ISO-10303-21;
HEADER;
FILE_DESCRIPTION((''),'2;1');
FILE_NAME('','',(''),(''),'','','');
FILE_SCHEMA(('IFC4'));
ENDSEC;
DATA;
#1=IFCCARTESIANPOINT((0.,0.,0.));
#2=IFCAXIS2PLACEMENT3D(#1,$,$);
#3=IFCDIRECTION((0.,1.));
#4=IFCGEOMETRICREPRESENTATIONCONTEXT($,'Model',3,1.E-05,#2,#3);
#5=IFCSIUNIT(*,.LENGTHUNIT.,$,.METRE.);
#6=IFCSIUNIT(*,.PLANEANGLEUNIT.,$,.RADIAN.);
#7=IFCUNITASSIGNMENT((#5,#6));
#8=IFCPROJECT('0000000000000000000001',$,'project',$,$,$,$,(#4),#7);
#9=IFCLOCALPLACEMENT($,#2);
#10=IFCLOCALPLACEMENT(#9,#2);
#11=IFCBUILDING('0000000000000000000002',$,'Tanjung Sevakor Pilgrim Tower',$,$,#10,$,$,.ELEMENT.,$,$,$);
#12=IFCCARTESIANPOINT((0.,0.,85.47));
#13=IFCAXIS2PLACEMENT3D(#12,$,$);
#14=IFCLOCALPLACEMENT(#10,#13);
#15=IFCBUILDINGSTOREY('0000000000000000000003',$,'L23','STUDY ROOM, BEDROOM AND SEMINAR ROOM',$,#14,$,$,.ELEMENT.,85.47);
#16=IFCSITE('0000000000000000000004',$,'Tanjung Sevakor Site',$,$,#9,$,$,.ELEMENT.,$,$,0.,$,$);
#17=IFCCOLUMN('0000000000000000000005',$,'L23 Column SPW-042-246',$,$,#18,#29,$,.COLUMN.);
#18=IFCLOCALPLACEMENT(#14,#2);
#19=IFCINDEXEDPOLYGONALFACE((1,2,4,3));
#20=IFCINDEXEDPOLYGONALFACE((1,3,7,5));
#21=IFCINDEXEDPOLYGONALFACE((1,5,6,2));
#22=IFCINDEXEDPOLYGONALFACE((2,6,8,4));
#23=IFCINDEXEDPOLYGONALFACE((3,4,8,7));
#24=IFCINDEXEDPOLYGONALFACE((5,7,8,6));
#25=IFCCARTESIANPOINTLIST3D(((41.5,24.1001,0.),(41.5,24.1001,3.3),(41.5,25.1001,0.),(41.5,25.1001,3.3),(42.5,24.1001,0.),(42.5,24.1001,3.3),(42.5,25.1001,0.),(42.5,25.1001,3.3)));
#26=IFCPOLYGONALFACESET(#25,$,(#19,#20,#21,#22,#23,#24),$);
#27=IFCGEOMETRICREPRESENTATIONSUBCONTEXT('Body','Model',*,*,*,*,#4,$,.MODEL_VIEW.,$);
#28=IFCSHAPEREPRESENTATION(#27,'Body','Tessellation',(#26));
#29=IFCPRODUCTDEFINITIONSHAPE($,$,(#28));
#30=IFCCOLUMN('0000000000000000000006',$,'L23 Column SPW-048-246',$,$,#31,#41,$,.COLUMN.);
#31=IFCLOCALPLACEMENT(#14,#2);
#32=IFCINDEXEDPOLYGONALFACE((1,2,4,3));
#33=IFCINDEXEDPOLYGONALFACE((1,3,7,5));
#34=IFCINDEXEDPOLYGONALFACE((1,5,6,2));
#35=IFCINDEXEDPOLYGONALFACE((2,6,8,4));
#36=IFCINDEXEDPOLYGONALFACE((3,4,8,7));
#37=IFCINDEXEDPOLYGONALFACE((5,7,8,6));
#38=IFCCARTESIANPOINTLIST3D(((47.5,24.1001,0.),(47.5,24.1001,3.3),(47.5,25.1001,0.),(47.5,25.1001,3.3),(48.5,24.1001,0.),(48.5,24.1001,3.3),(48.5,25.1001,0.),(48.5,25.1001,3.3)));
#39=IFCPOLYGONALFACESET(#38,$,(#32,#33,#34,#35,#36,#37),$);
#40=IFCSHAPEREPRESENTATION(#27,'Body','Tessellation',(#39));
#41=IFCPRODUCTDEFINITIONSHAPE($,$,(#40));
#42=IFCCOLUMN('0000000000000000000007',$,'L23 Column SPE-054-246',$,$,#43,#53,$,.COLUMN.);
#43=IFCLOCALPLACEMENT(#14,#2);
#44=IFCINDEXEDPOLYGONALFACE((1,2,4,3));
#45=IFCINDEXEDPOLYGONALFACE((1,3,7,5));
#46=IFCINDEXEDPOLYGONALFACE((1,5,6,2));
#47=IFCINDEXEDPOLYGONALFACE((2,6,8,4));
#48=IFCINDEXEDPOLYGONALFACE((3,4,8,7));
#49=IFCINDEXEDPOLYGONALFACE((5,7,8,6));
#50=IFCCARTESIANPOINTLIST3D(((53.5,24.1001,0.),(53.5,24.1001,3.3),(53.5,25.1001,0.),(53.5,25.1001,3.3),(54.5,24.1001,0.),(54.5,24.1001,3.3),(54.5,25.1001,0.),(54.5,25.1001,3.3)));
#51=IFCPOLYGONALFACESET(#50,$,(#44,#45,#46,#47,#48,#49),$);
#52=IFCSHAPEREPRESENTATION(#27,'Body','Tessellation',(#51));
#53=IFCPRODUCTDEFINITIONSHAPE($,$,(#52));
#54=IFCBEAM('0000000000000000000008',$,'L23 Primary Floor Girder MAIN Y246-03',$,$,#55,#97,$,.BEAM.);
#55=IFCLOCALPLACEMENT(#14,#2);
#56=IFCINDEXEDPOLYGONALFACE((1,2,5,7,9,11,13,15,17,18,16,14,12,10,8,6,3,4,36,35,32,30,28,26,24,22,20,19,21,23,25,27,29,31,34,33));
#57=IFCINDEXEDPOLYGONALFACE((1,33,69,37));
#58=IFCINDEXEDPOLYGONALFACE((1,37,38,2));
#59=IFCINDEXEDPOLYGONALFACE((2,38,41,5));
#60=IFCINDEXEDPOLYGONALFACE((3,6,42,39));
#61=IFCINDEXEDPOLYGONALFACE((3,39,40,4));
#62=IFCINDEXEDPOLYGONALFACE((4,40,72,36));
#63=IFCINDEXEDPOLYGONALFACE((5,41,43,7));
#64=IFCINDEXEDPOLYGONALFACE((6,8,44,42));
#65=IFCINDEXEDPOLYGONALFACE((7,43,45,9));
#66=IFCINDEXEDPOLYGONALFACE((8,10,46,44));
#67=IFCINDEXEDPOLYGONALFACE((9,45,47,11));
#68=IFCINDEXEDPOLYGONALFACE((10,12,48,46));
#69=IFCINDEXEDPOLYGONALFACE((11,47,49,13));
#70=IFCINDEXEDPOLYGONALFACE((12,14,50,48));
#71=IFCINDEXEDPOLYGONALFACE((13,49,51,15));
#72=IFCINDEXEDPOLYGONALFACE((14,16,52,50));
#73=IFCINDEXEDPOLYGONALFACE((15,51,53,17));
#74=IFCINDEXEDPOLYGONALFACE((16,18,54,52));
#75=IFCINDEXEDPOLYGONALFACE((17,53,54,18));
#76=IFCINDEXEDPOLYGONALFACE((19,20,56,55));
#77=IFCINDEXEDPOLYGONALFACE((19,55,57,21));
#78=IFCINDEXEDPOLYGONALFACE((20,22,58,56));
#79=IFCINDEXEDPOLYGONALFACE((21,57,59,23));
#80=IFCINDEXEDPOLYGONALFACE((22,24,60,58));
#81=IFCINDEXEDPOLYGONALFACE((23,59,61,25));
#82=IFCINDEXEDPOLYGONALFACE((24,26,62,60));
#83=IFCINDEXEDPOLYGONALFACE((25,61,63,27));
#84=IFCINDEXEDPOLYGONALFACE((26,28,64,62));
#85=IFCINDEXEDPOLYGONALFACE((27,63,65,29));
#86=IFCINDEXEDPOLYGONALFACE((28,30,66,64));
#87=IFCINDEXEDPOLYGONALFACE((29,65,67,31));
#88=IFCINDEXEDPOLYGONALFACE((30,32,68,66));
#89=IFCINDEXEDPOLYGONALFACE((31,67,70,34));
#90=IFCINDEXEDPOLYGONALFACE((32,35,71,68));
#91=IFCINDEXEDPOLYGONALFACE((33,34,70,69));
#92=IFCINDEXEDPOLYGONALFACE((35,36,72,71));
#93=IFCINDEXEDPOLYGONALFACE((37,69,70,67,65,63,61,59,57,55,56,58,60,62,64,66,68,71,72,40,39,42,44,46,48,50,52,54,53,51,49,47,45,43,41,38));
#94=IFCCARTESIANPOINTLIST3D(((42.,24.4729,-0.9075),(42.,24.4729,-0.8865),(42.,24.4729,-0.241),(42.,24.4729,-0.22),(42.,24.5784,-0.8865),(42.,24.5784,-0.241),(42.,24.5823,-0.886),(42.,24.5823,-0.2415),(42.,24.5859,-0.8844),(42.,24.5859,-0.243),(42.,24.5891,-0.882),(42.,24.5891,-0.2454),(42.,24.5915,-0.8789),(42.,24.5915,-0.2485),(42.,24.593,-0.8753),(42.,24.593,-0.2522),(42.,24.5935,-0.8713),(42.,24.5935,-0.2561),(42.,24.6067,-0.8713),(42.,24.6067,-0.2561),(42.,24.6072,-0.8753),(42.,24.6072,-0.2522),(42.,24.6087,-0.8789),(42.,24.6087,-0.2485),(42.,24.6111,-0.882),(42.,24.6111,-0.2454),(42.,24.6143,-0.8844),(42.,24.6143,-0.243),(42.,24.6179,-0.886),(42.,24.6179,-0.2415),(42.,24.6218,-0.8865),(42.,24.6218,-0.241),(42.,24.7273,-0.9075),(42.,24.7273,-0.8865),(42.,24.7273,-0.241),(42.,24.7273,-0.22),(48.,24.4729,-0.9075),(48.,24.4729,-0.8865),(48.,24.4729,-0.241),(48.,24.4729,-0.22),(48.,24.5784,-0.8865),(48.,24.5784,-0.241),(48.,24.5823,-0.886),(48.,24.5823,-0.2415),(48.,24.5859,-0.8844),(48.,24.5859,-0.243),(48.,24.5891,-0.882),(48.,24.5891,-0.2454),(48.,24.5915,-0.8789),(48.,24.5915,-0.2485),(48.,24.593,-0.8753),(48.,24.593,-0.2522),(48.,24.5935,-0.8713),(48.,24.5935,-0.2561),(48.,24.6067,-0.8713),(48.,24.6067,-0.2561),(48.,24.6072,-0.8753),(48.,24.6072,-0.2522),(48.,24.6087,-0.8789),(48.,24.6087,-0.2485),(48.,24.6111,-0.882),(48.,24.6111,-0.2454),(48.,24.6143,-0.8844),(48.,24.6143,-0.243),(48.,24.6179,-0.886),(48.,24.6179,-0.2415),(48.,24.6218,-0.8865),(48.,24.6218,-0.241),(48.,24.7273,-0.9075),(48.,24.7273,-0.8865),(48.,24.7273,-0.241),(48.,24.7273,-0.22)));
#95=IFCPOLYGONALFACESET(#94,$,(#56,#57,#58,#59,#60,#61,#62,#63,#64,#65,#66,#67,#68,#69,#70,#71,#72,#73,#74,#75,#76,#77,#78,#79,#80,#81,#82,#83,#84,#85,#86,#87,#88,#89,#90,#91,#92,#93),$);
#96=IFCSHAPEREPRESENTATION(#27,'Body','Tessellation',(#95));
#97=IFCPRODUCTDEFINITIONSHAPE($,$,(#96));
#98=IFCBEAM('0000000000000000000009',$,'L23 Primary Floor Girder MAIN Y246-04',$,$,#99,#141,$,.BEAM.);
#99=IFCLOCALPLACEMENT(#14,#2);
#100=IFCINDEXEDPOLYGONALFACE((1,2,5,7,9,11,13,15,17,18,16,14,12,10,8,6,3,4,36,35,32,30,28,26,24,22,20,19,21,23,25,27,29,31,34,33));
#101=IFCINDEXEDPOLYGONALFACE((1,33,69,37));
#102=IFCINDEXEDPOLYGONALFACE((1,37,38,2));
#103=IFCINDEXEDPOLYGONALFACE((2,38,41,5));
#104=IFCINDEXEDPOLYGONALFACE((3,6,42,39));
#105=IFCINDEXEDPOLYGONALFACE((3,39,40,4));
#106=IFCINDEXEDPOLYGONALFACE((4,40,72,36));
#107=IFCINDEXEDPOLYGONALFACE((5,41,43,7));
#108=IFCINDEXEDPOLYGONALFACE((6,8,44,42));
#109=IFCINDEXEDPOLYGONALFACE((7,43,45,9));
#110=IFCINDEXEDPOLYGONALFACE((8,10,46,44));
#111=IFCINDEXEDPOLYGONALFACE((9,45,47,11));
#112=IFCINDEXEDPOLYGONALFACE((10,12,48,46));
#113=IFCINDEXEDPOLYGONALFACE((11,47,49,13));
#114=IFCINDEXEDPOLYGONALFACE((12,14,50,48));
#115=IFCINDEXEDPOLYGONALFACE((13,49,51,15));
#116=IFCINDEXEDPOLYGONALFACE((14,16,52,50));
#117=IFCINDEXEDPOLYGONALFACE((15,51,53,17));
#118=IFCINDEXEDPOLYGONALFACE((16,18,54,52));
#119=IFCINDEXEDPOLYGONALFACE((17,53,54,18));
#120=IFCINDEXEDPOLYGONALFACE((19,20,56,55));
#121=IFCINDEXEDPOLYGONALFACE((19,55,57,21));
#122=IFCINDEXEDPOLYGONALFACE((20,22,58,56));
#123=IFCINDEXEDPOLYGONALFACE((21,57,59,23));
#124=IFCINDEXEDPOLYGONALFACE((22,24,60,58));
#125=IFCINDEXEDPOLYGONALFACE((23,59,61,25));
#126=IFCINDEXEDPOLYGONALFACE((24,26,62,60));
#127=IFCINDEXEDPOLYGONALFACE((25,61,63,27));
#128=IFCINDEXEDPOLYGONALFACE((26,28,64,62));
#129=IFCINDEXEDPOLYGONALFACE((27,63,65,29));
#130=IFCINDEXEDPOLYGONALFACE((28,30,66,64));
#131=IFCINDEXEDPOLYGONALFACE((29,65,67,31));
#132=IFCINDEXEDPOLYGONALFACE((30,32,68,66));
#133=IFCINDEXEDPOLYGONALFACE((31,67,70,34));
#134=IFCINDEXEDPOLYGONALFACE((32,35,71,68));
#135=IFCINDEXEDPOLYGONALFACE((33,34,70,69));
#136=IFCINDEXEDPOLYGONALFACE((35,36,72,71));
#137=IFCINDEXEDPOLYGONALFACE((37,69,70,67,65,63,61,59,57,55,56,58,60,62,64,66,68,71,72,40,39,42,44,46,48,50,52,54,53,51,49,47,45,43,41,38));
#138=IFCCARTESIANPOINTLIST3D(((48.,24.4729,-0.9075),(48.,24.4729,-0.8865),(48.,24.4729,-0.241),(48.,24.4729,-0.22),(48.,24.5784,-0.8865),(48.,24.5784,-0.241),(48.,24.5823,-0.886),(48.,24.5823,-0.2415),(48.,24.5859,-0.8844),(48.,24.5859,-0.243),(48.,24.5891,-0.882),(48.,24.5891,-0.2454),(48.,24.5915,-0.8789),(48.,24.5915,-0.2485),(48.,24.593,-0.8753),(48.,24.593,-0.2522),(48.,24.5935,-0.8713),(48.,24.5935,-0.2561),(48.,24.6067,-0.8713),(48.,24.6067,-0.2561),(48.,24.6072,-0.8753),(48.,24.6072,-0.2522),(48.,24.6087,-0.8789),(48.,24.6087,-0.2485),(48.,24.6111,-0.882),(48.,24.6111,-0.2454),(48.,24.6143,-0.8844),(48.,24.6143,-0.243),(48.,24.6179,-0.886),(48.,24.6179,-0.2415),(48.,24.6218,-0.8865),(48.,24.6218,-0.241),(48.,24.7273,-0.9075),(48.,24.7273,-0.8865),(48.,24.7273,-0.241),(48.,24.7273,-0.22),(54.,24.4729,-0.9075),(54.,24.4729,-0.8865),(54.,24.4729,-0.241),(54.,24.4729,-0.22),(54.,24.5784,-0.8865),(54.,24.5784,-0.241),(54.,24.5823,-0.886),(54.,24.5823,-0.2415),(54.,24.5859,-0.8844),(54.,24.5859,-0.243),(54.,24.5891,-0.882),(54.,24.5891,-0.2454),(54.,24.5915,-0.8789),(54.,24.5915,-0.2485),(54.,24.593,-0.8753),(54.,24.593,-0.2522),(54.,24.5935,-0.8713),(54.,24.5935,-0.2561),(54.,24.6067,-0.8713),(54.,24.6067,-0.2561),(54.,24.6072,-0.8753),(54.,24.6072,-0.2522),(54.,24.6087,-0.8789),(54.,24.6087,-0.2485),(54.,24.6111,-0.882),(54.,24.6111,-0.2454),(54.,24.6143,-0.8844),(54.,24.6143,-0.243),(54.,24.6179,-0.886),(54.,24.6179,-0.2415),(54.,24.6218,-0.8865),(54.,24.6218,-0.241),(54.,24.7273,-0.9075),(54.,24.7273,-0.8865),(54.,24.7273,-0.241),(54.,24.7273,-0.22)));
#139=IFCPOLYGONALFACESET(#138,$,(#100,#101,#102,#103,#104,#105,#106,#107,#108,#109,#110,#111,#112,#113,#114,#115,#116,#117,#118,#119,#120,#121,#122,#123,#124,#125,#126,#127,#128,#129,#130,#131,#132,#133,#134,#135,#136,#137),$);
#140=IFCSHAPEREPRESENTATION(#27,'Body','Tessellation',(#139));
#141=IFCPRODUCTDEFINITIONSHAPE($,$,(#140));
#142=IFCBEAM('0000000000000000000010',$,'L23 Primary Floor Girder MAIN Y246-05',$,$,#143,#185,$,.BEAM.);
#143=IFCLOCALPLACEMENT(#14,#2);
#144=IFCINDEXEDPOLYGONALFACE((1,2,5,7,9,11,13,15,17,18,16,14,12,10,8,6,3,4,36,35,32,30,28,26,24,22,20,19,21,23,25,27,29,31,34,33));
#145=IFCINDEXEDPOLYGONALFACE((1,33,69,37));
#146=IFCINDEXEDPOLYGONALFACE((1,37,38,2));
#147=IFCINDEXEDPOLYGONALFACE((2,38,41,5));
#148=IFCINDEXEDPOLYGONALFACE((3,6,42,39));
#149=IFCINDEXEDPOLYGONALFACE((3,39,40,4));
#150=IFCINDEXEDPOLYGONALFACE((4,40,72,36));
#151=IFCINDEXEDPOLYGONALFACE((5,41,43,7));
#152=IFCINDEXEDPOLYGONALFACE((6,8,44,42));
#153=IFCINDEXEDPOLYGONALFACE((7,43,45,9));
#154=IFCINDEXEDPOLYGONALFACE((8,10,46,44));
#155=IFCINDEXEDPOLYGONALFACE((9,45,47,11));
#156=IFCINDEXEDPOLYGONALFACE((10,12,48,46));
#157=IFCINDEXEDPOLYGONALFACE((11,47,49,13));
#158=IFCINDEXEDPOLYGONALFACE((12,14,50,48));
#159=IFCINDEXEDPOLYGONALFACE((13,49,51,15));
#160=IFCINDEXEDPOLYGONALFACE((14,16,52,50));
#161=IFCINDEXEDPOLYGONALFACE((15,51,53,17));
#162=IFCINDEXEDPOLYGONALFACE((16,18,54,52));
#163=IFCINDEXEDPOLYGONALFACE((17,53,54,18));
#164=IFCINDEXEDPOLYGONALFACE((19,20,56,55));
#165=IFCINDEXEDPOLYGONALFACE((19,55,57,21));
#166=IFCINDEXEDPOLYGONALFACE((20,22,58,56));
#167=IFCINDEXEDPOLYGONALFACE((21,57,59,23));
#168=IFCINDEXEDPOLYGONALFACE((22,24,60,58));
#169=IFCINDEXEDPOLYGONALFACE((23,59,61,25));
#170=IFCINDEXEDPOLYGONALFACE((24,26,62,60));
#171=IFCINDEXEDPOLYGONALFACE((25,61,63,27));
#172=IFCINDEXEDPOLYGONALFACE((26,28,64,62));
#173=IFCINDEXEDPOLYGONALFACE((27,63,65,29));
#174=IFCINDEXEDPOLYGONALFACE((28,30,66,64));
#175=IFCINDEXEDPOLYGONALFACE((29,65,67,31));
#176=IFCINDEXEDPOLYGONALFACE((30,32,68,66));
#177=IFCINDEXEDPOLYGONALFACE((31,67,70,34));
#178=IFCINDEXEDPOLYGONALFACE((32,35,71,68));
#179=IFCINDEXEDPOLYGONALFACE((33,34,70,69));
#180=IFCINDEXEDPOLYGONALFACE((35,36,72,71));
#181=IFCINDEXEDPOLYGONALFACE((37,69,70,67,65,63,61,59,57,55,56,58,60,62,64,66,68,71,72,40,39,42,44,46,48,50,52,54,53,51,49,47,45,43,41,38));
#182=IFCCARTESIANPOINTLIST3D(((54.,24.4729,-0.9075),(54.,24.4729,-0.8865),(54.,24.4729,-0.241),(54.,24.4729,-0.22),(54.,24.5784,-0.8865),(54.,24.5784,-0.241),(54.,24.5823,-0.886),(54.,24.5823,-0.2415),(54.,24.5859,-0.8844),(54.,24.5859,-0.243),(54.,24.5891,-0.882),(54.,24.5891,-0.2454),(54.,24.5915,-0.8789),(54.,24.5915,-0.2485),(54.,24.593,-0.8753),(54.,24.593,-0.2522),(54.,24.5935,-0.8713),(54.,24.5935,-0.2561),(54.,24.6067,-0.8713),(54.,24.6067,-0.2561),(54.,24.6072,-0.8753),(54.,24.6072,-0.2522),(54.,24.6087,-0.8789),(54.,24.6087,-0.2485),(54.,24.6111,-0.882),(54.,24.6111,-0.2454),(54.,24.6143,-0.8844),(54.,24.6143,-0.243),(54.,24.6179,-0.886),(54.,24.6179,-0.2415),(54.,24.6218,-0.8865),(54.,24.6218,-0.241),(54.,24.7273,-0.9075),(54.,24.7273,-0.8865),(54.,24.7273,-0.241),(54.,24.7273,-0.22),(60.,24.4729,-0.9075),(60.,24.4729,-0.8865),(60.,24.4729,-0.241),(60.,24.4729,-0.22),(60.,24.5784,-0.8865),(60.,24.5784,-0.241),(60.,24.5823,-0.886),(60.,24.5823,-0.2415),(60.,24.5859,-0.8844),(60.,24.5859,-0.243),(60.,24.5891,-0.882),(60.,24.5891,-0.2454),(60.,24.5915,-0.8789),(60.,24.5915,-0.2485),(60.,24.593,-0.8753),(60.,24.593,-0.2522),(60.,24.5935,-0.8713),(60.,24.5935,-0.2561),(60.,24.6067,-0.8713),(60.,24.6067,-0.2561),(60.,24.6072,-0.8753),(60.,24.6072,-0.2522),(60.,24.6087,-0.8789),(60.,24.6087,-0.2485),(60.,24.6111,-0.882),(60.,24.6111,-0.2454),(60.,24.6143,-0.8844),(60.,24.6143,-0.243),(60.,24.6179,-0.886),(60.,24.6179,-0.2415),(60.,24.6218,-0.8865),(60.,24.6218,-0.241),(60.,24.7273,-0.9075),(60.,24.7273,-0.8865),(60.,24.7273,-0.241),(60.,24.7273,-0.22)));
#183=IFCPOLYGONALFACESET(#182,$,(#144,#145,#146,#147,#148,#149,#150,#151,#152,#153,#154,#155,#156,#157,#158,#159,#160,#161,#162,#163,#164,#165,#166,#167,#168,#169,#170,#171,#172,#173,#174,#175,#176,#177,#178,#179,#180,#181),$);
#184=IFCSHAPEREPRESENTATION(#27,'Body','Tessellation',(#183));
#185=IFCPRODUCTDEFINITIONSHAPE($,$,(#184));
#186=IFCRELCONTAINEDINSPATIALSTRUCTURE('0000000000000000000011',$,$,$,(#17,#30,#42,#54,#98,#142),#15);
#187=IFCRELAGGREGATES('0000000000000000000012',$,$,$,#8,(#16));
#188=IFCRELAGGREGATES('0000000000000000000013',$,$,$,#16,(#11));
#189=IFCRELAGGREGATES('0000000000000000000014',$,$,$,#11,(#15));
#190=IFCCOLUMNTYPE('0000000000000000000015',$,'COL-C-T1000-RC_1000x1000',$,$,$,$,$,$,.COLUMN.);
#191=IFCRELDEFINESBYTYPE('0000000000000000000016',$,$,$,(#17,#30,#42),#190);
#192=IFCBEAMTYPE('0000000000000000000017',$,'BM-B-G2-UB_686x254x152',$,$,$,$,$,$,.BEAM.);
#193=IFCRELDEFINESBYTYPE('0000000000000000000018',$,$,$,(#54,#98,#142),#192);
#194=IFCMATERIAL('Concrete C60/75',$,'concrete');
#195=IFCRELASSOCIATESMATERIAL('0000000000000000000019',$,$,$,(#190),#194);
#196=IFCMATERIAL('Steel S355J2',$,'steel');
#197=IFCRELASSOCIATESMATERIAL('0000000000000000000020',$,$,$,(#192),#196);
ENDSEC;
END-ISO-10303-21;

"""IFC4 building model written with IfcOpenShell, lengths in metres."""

from ifc_helpers import new_model, si_unit, direction, frame, origin, origin_2d, place, context, subcontext, project, spatial, rectangle, i_section, extrude, material, material_profile, profile_set, type_object, element, save


model = new_model("IFC4")

# Units and contexts
model_context = context("Model", 3, precision=1e-05, world=origin(), true_north=direction((0.0, 1.0)))
body_context = subcontext(model_context, "Body", "Model", "MODEL_VIEW")
ifc_project = project(units=[si_unit("LENGTHUNIT", "METRE"), si_unit("PLANEANGLEUNIT", "RADIAN")], contexts=[model_context])

# Site, building, storey
site_placement = place(None, origin())
site = spatial("IfcSite", under=ifc_project, at=site_placement, Name="Tanjung Sevakor Site", CompositionType="ELEMENT", RefElevation=0.0)
building_placement = place(site_placement, origin())
building = spatial("IfcBuilding", under=site, at=building_placement, Name="Tanjung Sevakor Pilgrim Tower", CompositionType="ELEMENT")
storey_placement = place(building_placement, frame((0.0, 0.0, 85.47)))
storey = spatial("IfcBuildingStorey", under=building, at=storey_placement, Name="L23", Description="STUDY ROOM, BEDROOM AND SEMINAR ROOM", CompositionType="ELEMENT", Elevation=85.47)

# Columns
ifc_material_1 = material(Name="Concrete C60/75", Category="concrete")
ifc_material_profile_1 = material_profile(ifc_material_1, rectangle(XDim=1.0, YDim=1.0, at=origin_2d()))
ifc_profile_set_1 = profile_set([ifc_material_profile_1], Name="Concrete C60/75")
column_type = type_object("IfcColumnType", Name="COL-C-T1000-RC_1000x1000", PredefinedType="COLUMN", material=ifc_profile_set_1)
for number, where, z_axis, x_axis, name in (
    (1, (42.0, 24.6001, 0.0), (0.0, 0.0, 1.0), (1.0, 0.0, 0.0), "L23 Column SPW-042-246"),
    (2, (48.0, 24.6001, 0.0), (0.0, 0.0, 1.0), (1.0, 0.0, 0.0), "L23 Column SPW-048-246"),
    (3, (54.0, 24.6001, 0.0), (0.0, 0.0, 1.0), (1.0, 0.0, 0.0), "L23 Column SPE-054-246"),
):
    element("IfcColumn", number, at=place(storey_placement, frame(where, z_axis=z_axis, x_axis=x_axis)), inside=storey, type_object=column_type, Name=name, PredefinedType="COLUMN", context=body_context, shape_type="SweptSolid", body=[
        extrude(rectangle(XDim=1.0, YDim=1.0, at=origin_2d()), origin(), (0.0, 0.0, 1.0), 3.3),
    ])

# Beams
ifc_material_2 = material(Name="Steel S355J2", Category="steel")
ifc_material_profile_2 = material_profile(ifc_material_2, i_section(OverallWidth=0.2544, OverallDepth=0.6875, WebThickness=0.0132, FlangeThickness=0.021, FilletRadius=0.0151, at=origin_2d()))
ifc_profile_set_2 = profile_set([ifc_material_profile_2], Name="Steel S355J2")
beam_type_1 = type_object("IfcBeamType", Name="BM-B-G2-UB_686x254x152", PredefinedType="BEAM", material=ifc_profile_set_2)
for number, where, z_axis, x_axis, name in (
    (4, (42.0, 24.6001, -0.5637), (1.0, 0.0, 0.0), (0.0, 1.0, 0.0), "L23 Primary Floor Girder MAIN Y246-03"),
    (5, (48.0, 24.6001, -0.5637), (1.0, 0.0, 0.0), (0.0, 1.0, 0.0), "L23 Primary Floor Girder MAIN Y246-04"),
    (6, (54.0, 24.6001, -0.5637), (1.0, 0.0, 0.0), (0.0, 1.0, 0.0), "L23 Primary Floor Girder MAIN Y246-05"),
):
    element("IfcBeam", number, at=place(storey_placement, frame(where, z_axis=z_axis, x_axis=x_axis)), inside=storey, type_object=beam_type_1, Name=name, PredefinedType="BEAM", context=body_context, shape_type="SweptSolid", body=[
        extrude(i_section(OverallWidth=0.2544, OverallDepth=0.6875, WebThickness=0.0132, FlangeThickness=0.021, FilletRadius=0.0151, at=origin_2d()), origin(), (0.0, 0.0, 1.0), 6.0),
    ])

save(model, "model.ifc")
